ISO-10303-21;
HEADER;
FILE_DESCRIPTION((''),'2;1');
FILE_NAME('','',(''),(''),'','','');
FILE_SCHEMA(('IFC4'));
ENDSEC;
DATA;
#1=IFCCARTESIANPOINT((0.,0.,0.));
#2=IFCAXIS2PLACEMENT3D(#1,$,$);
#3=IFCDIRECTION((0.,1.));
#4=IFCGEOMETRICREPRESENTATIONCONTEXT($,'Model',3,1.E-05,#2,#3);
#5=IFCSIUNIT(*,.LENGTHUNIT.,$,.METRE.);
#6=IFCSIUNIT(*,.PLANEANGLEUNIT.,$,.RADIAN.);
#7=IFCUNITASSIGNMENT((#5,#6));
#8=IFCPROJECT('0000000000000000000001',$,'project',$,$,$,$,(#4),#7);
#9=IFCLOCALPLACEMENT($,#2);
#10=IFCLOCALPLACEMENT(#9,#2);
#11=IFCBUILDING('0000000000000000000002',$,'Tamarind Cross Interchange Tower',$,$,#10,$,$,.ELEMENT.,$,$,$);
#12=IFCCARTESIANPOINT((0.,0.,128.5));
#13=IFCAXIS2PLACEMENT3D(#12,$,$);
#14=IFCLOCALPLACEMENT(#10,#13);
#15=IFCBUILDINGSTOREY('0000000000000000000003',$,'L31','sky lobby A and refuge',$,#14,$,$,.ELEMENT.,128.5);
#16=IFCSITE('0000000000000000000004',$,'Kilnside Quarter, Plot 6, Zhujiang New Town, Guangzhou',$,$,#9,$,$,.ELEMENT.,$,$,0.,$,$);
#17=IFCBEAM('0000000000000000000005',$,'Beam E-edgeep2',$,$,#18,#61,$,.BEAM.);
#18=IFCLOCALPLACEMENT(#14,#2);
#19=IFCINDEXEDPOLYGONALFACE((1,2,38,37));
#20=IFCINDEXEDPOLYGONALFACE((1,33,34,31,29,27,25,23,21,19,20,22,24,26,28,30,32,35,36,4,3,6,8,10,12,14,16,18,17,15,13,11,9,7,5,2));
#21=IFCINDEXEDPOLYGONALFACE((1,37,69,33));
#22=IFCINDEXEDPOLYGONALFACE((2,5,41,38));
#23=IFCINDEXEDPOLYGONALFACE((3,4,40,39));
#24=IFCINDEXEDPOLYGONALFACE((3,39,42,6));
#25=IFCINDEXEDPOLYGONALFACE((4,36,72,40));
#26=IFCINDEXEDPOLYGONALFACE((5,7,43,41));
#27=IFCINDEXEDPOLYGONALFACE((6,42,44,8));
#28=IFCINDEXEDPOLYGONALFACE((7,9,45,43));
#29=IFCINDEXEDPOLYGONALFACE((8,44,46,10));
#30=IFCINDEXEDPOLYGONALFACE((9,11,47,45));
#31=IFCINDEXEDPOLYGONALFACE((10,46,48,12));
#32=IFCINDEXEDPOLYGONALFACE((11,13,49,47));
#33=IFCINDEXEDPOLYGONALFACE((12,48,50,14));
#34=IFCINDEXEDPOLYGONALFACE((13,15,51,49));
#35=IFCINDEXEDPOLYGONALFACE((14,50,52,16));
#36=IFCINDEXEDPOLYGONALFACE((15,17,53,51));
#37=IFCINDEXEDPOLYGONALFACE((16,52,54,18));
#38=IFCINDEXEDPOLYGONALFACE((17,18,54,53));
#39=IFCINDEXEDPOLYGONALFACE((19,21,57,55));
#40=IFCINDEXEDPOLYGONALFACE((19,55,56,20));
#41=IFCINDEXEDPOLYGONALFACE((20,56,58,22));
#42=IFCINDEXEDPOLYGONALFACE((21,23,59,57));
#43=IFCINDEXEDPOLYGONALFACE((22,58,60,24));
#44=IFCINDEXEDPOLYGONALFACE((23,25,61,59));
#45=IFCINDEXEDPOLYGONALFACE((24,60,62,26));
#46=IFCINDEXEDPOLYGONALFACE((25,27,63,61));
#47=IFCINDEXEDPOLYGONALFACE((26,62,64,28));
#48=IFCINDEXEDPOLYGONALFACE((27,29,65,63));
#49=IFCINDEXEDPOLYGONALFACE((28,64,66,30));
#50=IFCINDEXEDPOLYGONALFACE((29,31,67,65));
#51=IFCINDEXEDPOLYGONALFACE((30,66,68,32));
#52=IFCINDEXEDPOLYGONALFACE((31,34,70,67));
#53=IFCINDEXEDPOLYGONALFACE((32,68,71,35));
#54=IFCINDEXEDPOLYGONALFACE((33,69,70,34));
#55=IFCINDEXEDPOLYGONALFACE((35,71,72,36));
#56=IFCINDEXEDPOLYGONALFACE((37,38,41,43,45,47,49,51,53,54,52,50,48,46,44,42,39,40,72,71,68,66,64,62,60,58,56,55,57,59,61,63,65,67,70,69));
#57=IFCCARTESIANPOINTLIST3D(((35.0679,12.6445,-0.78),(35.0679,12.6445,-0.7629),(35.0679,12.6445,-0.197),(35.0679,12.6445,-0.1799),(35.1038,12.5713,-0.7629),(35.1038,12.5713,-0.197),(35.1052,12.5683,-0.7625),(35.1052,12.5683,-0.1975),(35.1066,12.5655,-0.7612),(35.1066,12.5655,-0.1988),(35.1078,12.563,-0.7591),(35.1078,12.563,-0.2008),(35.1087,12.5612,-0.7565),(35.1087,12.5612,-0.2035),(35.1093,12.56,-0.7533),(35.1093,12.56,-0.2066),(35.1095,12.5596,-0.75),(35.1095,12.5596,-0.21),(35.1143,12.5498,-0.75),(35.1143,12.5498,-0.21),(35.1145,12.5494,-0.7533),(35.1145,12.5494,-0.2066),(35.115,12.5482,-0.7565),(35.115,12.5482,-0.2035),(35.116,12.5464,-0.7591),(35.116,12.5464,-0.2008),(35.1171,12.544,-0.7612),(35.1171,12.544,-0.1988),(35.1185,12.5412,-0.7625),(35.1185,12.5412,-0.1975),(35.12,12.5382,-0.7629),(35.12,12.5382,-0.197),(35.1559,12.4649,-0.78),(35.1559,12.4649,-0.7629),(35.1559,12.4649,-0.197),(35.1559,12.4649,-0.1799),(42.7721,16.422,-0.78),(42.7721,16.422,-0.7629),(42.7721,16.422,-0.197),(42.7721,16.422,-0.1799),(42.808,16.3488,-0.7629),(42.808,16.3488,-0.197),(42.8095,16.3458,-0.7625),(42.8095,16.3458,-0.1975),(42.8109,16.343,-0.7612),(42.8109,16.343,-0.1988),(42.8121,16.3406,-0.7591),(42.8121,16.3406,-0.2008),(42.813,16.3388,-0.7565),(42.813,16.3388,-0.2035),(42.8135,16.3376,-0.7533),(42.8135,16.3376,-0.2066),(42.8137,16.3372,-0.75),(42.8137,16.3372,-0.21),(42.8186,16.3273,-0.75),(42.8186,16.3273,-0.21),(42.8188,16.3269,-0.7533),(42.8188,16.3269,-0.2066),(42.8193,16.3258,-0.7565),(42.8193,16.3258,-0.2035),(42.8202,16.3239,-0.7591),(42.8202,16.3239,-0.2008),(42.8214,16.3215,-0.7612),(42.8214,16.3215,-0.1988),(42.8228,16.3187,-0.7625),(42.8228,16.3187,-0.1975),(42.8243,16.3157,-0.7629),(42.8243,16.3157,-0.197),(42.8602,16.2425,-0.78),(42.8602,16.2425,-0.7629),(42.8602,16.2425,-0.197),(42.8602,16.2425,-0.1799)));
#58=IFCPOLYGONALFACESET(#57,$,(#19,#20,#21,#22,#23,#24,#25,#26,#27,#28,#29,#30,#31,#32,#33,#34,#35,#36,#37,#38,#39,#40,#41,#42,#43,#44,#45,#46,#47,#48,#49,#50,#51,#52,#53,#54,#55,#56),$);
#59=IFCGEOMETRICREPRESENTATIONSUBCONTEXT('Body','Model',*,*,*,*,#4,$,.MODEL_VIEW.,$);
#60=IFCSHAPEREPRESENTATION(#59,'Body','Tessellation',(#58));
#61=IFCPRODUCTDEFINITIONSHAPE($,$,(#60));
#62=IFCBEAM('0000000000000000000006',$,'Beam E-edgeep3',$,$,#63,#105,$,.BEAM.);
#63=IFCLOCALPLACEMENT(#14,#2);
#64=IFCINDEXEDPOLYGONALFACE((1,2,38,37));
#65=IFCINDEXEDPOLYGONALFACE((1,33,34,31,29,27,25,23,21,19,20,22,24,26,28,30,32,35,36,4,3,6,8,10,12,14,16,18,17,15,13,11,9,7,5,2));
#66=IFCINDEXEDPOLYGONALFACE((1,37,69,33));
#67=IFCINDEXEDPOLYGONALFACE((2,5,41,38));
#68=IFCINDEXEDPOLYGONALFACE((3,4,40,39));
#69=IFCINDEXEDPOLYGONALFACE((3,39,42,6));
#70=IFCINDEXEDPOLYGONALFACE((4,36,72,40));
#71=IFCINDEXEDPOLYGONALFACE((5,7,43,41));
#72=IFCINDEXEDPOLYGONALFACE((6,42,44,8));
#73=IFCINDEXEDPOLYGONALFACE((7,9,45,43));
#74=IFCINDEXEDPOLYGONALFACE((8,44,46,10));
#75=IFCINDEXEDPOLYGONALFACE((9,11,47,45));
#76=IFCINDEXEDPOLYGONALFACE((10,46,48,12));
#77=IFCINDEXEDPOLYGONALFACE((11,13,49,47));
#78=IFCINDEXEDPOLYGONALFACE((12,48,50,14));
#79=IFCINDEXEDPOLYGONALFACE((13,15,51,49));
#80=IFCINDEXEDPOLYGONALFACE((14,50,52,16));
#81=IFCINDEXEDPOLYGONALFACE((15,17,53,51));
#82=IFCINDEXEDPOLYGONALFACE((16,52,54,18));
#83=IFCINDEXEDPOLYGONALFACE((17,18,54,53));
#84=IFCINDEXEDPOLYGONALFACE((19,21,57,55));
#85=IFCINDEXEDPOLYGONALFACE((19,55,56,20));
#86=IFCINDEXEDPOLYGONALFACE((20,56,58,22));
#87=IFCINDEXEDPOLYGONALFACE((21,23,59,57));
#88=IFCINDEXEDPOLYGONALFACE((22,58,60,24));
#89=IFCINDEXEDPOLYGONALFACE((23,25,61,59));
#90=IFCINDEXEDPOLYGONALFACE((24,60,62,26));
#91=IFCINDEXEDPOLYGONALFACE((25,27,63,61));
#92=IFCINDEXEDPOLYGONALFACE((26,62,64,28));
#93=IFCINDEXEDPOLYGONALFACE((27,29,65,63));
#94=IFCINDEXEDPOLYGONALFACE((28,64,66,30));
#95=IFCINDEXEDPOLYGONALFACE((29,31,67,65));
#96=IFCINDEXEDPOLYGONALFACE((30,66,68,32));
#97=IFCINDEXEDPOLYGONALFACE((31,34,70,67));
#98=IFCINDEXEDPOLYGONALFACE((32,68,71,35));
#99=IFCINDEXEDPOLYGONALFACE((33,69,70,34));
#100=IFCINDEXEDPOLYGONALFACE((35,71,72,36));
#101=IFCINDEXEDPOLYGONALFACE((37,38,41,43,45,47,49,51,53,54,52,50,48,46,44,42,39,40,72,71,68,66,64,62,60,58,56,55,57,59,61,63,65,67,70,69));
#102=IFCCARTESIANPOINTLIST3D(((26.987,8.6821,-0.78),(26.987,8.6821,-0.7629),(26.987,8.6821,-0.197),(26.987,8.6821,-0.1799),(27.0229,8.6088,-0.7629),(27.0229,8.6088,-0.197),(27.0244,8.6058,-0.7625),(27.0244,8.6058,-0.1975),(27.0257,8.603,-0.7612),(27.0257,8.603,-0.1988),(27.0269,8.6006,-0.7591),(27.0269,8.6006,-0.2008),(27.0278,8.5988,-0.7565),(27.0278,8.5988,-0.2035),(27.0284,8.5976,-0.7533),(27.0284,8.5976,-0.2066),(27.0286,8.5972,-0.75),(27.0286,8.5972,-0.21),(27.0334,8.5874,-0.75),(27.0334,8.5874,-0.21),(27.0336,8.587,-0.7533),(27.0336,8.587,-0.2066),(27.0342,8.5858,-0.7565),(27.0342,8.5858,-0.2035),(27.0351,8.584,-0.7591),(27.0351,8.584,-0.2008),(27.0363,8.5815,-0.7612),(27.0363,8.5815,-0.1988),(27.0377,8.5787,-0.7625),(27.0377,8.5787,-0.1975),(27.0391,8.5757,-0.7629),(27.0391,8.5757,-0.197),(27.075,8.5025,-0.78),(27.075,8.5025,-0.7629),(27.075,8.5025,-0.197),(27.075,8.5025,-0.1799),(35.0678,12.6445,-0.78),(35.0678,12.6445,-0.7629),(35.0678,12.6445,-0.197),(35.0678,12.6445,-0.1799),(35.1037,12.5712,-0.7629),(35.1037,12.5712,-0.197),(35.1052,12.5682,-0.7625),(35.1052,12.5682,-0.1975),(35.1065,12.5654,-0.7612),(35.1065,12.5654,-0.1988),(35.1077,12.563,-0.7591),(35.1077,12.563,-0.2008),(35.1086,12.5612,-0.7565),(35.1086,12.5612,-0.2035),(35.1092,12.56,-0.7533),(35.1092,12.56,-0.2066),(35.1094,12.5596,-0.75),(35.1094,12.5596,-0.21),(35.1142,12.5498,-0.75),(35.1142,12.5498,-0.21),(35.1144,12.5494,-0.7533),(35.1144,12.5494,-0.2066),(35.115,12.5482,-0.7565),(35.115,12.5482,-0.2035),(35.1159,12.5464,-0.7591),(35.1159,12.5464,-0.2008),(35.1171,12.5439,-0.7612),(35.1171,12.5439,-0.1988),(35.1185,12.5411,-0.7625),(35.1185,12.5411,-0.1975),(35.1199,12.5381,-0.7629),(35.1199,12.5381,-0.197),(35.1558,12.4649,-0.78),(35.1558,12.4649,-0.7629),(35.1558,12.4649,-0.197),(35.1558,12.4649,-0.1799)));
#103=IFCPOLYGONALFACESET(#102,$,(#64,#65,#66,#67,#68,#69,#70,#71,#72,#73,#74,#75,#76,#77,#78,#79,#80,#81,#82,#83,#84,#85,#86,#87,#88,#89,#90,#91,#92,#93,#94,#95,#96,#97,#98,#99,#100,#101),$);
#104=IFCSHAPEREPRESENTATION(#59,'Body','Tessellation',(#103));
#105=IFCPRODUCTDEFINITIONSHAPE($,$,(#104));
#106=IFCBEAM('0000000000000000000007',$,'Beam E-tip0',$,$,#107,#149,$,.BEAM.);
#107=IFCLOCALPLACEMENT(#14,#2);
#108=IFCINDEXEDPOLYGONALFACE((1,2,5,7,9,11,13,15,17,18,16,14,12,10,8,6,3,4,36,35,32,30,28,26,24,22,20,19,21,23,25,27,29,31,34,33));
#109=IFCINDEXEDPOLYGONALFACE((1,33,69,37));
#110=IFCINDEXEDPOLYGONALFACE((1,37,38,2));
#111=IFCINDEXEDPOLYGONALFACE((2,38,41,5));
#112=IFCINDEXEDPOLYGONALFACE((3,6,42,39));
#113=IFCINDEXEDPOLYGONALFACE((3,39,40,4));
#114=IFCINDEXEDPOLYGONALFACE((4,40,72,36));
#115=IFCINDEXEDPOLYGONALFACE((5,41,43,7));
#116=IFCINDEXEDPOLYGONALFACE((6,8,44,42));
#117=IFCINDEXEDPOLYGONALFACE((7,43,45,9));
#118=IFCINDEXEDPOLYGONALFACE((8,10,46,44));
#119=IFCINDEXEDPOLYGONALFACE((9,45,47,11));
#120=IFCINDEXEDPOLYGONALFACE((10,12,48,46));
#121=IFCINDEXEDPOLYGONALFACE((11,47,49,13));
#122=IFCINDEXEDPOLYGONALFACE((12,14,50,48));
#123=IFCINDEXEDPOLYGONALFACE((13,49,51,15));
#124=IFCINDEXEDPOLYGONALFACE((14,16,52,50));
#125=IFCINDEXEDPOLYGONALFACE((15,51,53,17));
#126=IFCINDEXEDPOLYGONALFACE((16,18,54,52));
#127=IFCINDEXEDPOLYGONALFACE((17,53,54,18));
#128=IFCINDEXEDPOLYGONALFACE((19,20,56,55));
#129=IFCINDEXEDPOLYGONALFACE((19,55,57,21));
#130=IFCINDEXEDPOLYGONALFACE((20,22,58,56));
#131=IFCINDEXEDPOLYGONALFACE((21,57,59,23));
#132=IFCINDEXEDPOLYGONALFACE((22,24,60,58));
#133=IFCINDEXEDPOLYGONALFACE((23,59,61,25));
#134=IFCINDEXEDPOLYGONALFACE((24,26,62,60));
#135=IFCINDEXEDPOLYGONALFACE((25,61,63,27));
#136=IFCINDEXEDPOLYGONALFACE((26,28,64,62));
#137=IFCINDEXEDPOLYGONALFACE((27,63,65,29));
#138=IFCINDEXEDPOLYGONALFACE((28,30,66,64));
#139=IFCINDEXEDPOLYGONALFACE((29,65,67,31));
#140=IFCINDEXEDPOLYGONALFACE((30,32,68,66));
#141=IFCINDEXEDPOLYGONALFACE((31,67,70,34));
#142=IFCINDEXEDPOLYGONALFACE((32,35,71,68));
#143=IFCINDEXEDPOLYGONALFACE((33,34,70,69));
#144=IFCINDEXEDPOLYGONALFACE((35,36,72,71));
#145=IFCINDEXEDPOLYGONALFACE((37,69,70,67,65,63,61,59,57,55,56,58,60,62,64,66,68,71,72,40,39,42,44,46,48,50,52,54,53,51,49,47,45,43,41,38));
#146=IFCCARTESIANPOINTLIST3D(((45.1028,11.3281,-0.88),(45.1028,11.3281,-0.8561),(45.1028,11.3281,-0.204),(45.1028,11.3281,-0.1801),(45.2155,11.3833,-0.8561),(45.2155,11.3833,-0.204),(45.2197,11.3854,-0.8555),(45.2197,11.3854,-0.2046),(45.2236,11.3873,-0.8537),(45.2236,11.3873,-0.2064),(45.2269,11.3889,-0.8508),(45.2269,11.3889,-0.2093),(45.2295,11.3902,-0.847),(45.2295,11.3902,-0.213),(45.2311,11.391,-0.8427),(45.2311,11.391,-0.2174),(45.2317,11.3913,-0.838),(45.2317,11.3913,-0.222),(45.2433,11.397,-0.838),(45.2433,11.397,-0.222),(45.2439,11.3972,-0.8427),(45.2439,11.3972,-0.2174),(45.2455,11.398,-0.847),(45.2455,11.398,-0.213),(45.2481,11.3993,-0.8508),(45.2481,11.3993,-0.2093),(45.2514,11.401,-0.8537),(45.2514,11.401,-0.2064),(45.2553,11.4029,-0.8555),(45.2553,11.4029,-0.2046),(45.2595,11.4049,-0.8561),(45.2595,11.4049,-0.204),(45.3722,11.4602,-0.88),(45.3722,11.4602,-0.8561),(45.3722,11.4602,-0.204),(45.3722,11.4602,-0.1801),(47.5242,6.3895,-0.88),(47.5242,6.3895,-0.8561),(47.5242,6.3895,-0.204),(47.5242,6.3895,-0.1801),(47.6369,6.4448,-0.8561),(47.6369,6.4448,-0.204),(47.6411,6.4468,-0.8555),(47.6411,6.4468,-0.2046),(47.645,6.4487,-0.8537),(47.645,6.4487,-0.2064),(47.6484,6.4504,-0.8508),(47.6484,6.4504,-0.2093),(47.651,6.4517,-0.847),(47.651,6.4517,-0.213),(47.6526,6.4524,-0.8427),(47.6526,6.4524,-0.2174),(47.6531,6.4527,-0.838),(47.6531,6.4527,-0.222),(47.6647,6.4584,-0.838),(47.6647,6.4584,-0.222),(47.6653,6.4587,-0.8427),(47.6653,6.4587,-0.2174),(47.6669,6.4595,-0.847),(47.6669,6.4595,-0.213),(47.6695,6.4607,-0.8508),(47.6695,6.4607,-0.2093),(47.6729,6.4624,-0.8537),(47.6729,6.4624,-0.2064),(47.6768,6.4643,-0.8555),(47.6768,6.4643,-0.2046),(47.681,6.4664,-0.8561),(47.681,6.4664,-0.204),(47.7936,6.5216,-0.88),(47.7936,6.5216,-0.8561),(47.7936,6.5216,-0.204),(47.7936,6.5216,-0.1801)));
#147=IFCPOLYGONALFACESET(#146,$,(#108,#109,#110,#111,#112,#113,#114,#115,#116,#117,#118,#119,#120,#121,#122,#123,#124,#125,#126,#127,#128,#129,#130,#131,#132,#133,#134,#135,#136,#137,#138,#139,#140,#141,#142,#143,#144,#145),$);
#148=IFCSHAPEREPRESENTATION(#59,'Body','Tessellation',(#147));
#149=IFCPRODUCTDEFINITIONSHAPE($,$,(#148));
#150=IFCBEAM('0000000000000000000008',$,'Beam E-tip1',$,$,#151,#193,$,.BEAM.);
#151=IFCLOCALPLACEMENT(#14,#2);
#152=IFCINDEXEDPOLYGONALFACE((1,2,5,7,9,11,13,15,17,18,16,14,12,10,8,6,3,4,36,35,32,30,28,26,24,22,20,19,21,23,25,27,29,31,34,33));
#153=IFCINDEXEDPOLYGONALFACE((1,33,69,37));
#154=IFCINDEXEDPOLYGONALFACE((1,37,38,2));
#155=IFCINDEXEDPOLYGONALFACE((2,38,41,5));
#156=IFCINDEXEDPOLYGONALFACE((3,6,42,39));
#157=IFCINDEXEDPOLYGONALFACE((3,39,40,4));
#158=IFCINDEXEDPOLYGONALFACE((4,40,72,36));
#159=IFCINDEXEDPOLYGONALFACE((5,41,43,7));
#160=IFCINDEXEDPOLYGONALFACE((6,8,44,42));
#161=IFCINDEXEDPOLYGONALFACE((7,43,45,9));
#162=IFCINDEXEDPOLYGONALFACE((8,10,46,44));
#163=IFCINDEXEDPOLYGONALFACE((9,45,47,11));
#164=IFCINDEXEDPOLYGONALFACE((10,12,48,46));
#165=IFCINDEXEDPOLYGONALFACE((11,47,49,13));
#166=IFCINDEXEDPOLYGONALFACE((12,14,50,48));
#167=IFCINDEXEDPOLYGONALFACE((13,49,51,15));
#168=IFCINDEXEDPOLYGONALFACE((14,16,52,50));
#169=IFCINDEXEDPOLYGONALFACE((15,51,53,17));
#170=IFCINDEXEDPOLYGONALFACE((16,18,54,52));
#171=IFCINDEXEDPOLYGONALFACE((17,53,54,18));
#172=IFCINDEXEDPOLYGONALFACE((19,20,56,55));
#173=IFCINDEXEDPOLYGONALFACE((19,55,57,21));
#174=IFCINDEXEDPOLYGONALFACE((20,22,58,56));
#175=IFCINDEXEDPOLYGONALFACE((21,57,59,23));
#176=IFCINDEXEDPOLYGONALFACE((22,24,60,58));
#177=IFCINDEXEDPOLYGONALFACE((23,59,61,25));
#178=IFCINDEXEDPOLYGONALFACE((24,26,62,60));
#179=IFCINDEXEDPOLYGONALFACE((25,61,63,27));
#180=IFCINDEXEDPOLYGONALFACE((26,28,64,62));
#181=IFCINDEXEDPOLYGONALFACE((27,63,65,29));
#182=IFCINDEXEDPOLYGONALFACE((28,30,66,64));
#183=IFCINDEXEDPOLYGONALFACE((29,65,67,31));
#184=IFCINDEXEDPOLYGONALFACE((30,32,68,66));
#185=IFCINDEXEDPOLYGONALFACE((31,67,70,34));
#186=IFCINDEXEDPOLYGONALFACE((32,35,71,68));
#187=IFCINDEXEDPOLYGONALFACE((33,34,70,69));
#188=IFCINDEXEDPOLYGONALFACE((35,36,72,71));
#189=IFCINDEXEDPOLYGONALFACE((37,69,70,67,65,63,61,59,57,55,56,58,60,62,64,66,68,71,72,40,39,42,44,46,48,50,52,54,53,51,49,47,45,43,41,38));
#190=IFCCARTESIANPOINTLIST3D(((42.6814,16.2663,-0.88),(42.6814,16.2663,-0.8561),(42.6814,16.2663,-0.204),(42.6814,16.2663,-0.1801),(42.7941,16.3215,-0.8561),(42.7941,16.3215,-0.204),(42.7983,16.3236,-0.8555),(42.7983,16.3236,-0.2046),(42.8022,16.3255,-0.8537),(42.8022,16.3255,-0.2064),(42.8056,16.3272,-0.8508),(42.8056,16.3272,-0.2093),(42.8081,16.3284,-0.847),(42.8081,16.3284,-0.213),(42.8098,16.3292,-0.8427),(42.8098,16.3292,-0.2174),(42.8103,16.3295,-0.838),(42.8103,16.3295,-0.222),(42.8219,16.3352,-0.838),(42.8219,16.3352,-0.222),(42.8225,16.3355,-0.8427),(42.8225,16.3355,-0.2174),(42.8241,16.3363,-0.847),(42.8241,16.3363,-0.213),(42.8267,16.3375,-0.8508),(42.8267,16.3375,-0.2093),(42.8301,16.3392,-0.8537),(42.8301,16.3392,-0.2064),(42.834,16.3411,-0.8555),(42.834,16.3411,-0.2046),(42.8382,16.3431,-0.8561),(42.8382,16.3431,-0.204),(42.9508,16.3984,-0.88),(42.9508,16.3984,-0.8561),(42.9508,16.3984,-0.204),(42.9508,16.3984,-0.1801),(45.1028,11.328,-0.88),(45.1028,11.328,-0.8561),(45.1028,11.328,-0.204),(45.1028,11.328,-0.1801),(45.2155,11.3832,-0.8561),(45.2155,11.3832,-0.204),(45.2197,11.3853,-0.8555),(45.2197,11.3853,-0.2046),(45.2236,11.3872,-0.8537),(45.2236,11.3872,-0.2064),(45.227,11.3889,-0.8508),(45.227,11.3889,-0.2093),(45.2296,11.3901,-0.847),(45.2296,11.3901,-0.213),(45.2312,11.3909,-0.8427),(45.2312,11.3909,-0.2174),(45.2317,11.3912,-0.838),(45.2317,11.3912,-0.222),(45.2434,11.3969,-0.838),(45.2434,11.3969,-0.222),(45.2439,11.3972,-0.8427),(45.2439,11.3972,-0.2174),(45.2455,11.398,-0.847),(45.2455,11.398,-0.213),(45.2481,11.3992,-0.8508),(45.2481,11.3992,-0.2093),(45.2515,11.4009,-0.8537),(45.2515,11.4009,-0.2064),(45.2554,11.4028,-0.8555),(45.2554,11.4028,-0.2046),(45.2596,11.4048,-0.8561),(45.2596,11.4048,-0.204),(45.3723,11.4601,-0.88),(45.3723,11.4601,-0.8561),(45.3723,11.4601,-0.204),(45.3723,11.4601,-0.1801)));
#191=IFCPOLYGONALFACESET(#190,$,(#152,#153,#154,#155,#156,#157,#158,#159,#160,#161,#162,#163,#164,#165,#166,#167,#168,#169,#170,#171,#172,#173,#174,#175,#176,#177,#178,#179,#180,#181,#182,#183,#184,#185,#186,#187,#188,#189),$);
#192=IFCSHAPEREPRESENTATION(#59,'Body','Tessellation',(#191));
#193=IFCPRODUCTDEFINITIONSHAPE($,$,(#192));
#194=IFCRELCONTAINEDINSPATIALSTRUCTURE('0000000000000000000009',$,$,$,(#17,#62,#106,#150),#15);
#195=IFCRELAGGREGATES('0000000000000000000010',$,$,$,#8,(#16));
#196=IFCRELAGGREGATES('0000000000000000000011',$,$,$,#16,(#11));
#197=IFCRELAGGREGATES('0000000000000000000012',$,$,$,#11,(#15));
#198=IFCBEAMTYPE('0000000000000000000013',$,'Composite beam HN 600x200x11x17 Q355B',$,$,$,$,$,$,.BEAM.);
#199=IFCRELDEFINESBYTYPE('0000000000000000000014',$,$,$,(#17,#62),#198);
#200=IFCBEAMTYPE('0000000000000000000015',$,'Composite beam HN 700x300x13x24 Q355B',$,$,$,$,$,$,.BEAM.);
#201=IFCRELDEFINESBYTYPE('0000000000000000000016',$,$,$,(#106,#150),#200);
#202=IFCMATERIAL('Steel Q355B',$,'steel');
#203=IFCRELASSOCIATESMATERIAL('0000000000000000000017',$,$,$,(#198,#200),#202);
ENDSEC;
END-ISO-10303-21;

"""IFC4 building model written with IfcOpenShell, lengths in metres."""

from ifc_helpers import new_model, si_unit, direction, frame, origin, origin_2d, place, context, subcontext, project, spatial, i_section, extrude, material, material_profile, profile_set, type_object, element, save


model = new_model("IFC4")

# Units and contexts
model_context = context("Model", 3, precision=1e-05, world=origin(), true_north=direction((0.0, 1.0)))
body_context = subcontext(model_context, "Body", "Model", "MODEL_VIEW")
ifc_project = project(units=[si_unit("LENGTHUNIT", "METRE"), si_unit("PLANEANGLEUNIT", "RADIAN")], contexts=[model_context])

# Site, building, storey
site_placement = place(None, origin())
site = spatial("IfcSite", under=ifc_project, at=site_placement, Name="Kilnside Quarter, Plot 6, Zhujiang New Town, Guangzhou", CompositionType="ELEMENT", RefElevation=0.0)
building_placement = place(site_placement, origin())
building = spatial("IfcBuilding", under=site, at=building_placement, Name="Tamarind Cross Interchange Tower", CompositionType="ELEMENT")
storey_placement = place(building_placement, frame((0.0, 0.0, 128.5)))
storey = spatial("IfcBuildingStorey", under=building, at=storey_placement, Name="L31", Description="sky lobby A and refuge", CompositionType="ELEMENT", Elevation=128.5)

# Beams
ifc_material_1 = material(Name="Steel Q355B", Category="steel")
ifc_material_profile_1 = material_profile(ifc_material_1, i_section(OverallWidth=0.2, OverallDepth=0.6001, WebThickness=0.011, FlangeThickness=0.0171, FilletRadius=0.0129, at=origin_2d()), Name="HN 600x200x11x17")
ifc_profile_set_1 = profile_set([ifc_material_profile_1], Name="Steel Q355B")
beam_type_1 = type_object("IfcBeamType", Name="Composite beam HN 600x200x11x17 Q355B", PredefinedType="BEAM", material=ifc_profile_set_1)
beam_1_placement = place(storey_placement, frame((42.8162, 16.3323, -0.48), z_axis=(-0.897877, -0.440246, 0.0), x_axis=(0.440246, -0.897877, 0.0)))
element("IfcBeam", 1, at=beam_1_placement, inside=storey, type_object=beam_type_1, Name="Beam E-edgeep2", PredefinedType="BEAM", context=body_context, shape_type="SweptSolid", body=[
    extrude(i_section(OverallWidth=0.2, OverallDepth=0.6001, WebThickness=0.011, FlangeThickness=0.0171, FilletRadius=0.0129, at=origin_2d()), origin(), (0.0, 0.0, 1.0), 8.5806),
])
beam_2_placement = place(storey_placement, frame((35.1118, 12.5547, -0.48), z_axis=(-0.897867, -0.440267, 0.0), x_axis=(0.440267, -0.897867, 0.0)))
element("IfcBeam", 2, at=beam_2_placement, inside=storey, type_object=beam_type_1, Name="Beam E-edgeep3", PredefinedType="BEAM", context=body_context, shape_type="SweptSolid", body=[
    extrude(i_section(OverallWidth=0.2, OverallDepth=0.6001, WebThickness=0.011, FlangeThickness=0.0171, FilletRadius=0.0129, at=origin_2d()), origin(), (0.0, 0.0, 1.0), 9.0),
])
ifc_material_profile_2 = material_profile(ifc_material_1, i_section(OverallWidth=0.3, OverallDepth=0.7, WebThickness=0.0129, FlangeThickness=0.0239, FilletRadius=0.0181, at=origin_2d()), Name="HN 700x300x13x24")
ifc_profile_set_2 = profile_set([ifc_material_profile_2], Name="Steel Q355B")
beam_type_2 = type_object("IfcBeamType", Name="Composite beam HN 700x300x13x24 Q355B", PredefinedType="BEAM", material=ifc_profile_set_2)
beam_3_placement = place(storey_placement, frame((47.6589, 6.4556, -0.53), z_axis=(-0.44024, 0.89788, 0.0), x_axis=(-0.89788, -0.44024, 0.0)))
element("IfcBeam", 3, at=beam_3_placement, inside=storey, type_object=beam_type_2, Name="Beam E-tip0", PredefinedType="BEAM", context=body_context, shape_type="SweptSolid", body=[
    extrude(i_section(OverallWidth=0.3, OverallDepth=0.7, WebThickness=0.0129, FlangeThickness=0.0239, FilletRadius=0.0181, at=origin_2d()), origin(), (0.0, 0.0, 1.0), 5.5002),
])
beam_4_placement = place(storey_placement, frame((45.2375, 11.394, -0.53), z_axis=(-0.440258, 0.897872, 0.0), x_axis=(-0.897872, -0.440258, 0.0)))
element("IfcBeam", 4, at=beam_4_placement, inside=storey, type_object=beam_type_2, Name="Beam E-tip1", PredefinedType="BEAM", context=body_context, shape_type="SweptSolid", body=[
    extrude(i_section(OverallWidth=0.3, OverallDepth=0.7, WebThickness=0.0129, FlangeThickness=0.0239, FilletRadius=0.0181, at=origin_2d()), origin(), (0.0, 0.0, 1.0), 5.5),
])

save(model, "model.ifc")
